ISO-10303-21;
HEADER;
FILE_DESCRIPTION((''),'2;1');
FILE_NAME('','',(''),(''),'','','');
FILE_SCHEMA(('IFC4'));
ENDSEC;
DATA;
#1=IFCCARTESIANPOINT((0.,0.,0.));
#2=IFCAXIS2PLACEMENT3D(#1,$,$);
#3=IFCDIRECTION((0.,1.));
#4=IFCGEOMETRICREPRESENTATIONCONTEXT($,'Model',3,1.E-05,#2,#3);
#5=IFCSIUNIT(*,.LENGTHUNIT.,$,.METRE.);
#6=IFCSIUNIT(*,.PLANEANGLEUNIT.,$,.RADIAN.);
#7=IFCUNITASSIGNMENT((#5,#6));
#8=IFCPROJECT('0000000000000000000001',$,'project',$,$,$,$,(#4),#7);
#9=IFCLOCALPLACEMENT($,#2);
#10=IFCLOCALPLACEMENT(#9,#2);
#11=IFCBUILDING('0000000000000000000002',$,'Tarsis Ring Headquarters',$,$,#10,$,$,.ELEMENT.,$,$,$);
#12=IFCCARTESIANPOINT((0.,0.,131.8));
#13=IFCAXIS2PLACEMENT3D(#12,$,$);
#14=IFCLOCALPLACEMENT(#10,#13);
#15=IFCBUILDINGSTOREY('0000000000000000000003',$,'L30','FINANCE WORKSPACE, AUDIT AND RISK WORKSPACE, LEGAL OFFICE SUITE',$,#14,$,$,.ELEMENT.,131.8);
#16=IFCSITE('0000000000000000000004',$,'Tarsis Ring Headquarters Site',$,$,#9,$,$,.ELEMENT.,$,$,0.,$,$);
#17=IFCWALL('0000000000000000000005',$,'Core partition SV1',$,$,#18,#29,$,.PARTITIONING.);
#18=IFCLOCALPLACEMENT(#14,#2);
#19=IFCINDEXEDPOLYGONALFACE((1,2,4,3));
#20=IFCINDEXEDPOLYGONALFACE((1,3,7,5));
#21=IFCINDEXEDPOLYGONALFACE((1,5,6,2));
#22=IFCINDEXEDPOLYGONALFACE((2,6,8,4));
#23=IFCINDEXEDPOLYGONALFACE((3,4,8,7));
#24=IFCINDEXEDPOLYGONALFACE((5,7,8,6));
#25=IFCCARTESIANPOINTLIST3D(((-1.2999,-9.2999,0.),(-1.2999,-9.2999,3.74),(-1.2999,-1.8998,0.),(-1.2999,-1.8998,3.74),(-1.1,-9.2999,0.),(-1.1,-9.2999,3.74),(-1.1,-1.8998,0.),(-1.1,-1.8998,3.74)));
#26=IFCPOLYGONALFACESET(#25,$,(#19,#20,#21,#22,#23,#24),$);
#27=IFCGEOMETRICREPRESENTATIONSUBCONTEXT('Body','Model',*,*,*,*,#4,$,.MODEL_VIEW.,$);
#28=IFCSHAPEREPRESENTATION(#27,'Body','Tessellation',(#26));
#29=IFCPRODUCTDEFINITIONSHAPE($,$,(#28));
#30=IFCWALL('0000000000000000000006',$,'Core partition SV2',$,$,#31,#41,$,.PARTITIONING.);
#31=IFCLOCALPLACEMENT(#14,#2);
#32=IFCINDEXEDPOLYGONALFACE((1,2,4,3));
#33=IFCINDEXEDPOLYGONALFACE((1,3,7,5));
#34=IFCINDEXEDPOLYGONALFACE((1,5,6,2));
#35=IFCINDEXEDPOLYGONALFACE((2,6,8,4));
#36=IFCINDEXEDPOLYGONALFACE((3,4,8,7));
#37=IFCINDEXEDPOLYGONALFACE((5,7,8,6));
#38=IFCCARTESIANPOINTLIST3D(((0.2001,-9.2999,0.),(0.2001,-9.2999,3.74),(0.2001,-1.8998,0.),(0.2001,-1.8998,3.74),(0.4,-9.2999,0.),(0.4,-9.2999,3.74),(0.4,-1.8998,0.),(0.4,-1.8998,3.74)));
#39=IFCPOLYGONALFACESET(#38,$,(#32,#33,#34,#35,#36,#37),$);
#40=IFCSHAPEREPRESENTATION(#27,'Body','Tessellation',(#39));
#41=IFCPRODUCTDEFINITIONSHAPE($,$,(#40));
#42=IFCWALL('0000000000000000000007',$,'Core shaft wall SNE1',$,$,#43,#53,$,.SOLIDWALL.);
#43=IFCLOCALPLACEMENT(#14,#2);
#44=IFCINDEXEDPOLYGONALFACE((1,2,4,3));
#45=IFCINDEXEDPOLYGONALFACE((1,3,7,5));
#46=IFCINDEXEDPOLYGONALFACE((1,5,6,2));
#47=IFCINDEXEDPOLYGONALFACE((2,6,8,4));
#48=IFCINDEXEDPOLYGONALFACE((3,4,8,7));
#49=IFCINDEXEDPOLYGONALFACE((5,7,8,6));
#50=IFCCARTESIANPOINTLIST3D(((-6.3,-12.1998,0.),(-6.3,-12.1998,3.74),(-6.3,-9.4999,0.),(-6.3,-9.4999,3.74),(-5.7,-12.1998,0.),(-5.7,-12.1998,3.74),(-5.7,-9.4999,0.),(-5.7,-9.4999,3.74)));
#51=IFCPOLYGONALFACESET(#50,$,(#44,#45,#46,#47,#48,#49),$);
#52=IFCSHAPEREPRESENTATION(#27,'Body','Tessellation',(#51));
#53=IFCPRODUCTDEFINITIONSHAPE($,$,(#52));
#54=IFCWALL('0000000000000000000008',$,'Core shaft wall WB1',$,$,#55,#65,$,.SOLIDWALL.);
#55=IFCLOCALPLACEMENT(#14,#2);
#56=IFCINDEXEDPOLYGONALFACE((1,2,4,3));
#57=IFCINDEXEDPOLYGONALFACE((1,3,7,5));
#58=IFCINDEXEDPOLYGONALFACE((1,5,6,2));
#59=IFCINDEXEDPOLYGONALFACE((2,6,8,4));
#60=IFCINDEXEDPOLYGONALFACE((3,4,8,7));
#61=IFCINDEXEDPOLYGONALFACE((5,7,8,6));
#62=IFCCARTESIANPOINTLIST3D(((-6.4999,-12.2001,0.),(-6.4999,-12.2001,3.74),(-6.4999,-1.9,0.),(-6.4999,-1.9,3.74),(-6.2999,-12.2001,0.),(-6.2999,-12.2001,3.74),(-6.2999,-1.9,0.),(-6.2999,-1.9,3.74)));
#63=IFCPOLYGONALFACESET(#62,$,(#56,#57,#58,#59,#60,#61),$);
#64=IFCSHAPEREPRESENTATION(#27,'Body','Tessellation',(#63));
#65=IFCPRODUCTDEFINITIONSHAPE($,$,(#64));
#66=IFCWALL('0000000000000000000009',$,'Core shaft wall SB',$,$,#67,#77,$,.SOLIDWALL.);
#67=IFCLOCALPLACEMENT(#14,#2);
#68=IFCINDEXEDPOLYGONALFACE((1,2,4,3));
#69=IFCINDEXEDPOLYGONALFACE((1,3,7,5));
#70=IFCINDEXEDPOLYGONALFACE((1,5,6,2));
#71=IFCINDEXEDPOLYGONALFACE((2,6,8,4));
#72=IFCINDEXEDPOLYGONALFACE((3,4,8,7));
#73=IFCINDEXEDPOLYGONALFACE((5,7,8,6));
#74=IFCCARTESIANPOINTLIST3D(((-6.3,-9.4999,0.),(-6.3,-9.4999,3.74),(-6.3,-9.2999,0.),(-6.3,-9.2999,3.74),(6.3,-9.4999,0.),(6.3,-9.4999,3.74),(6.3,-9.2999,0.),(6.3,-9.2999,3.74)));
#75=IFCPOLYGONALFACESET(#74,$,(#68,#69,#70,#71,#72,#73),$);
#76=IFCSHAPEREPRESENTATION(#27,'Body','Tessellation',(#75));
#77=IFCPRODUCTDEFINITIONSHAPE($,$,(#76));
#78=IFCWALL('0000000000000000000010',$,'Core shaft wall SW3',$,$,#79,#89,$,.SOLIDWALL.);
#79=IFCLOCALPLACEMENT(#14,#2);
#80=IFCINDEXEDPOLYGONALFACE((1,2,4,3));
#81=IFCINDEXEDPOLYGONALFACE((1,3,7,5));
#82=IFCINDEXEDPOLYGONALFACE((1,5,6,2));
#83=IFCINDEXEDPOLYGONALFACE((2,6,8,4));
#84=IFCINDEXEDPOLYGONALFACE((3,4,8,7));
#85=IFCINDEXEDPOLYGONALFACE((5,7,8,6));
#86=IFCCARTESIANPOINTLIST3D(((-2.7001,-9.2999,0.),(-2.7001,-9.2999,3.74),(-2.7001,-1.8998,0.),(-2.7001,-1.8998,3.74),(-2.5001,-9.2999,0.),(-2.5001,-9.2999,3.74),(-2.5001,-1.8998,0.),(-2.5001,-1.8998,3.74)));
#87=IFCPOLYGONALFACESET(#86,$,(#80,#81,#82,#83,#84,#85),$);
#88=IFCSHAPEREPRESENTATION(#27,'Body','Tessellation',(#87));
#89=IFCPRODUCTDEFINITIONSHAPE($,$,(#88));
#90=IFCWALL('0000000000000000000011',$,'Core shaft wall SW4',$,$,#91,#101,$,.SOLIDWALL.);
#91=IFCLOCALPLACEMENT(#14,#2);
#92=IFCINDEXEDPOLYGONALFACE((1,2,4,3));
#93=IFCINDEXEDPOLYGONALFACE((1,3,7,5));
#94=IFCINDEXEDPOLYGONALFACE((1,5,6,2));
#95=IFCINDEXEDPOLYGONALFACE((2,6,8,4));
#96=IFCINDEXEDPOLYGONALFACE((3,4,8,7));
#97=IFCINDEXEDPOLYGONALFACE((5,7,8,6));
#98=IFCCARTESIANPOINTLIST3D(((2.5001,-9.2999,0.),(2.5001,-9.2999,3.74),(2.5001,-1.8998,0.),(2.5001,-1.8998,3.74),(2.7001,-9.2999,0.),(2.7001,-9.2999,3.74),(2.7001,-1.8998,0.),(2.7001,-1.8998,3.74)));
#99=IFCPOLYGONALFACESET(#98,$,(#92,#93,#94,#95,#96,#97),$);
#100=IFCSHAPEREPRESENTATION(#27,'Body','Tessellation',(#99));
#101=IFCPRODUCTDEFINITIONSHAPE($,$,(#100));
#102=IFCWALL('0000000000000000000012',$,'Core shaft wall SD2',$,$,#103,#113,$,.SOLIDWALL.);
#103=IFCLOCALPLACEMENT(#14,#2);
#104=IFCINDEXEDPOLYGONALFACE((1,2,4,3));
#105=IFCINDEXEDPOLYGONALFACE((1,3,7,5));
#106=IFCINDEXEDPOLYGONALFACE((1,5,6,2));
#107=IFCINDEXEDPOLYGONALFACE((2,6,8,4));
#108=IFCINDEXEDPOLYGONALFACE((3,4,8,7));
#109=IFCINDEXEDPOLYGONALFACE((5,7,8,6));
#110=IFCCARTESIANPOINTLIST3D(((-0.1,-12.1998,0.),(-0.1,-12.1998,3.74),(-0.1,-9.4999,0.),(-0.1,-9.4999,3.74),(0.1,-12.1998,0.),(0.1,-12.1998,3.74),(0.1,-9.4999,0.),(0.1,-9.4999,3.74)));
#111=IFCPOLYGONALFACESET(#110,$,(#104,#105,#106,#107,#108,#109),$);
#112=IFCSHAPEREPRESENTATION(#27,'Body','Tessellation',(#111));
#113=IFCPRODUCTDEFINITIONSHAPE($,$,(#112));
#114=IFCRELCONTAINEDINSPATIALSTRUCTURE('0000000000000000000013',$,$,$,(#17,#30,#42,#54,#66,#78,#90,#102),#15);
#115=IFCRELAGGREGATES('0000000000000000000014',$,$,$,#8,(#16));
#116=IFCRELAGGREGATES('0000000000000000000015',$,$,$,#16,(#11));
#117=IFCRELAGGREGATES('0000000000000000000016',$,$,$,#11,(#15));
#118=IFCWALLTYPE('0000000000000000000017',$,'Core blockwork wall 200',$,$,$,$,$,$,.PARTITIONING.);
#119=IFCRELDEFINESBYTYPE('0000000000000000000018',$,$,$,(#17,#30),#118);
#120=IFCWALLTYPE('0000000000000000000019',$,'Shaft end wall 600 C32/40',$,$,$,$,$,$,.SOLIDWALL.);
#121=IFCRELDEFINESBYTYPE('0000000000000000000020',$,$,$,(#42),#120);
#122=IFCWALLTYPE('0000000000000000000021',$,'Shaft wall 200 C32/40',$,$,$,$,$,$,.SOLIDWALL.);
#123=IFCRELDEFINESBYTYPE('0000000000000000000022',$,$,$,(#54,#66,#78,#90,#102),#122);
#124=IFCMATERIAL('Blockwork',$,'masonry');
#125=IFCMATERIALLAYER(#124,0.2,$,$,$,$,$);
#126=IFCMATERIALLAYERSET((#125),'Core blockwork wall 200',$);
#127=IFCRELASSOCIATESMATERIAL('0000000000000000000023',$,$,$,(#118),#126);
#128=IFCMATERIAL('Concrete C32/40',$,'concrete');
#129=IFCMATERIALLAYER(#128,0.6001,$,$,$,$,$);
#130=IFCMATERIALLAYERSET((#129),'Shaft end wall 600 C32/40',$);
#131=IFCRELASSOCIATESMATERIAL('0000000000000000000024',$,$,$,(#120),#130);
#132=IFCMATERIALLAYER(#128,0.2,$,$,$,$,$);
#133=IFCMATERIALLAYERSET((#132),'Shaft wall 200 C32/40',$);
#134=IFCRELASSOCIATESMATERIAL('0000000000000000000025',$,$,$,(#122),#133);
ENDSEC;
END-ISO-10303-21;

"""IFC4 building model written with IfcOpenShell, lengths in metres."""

from ifc_helpers import new_model, si_unit, direction, frame, frame_2d, origin, place, context, subcontext, project, spatial, rectangle, extrude, material, layer, layer_set, type_object, element, save


model = new_model("IFC4")

# Units and contexts
model_context = context("Model", 3, precision=1e-05, world=origin(), true_north=direction((0.0, 1.0)))
body_context = subcontext(model_context, "Body", "Model", "MODEL_VIEW")
ifc_project = project(units=[si_unit("LENGTHUNIT", "METRE"), si_unit("PLANEANGLEUNIT", "RADIAN")], contexts=[model_context])

# Site, building, storey
site_placement = place(None, origin())
site = spatial("IfcSite", under=ifc_project, at=site_placement, Name="Tarsis Ring Headquarters Site", CompositionType="ELEMENT", RefElevation=0.0)
building_placement = place(site_placement, origin())
building = spatial("IfcBuilding", under=site, at=building_placement, Name="Tarsis Ring Headquarters", CompositionType="ELEMENT")
storey_placement = place(building_placement, frame((0.0, 0.0, 131.8)))
storey = spatial("IfcBuildingStorey", under=building, at=storey_placement, Name="L30", Description="FINANCE WORKSPACE, AUDIT AND RISK WORKSPACE, LEGAL OFFICE SUITE", CompositionType="ELEMENT", Elevation=131.8)

# Walls
ifc_material_1 = material(Name="Blockwork", Category="masonry")
ifc_layer_1 = layer(ifc_material_1, 0.2)
ifc_layer_set_1 = layer_set([ifc_layer_1], Name="Core blockwork wall 200")
wall_type_1 = type_object("IfcWallType", Name="Core blockwork wall 200", PredefinedType="PARTITIONING", material=ifc_layer_set_1)
for number, where, z_axis, x_axis, name in (
    (1, (-1.2, -9.3, 0.0), (0.0, 0.0, 1.0), (0.0, 1.0, 0.0), "Core partition SV1"),
    (2, (0.3, -9.3, 0.0), (0.0, 0.0, 1.0), (0.0, 1.0, 0.0), "Core partition SV2"),
):
    element("IfcWall", number, at=place(storey_placement, frame(where, z_axis=z_axis, x_axis=x_axis)), inside=storey, type_object=wall_type_1, Name=name, PredefinedType="PARTITIONING", context=body_context, shape_type="SweptSolid", body=[
        extrude(rectangle(XDim=7.4001, YDim=0.2, at=frame_2d((3.7002, 0.0))), origin(), (0.0, 0.0, 1.0), 3.74),
    ])
ifc_material_2 = material(Name="Concrete C32/40", Category="concrete")
ifc_layer_2 = layer(ifc_material_2, 0.6001)
ifc_layer_set_2 = layer_set([ifc_layer_2], Name="Shaft end wall 600 C32/40")
wall_type_2 = type_object("IfcWallType", Name="Shaft end wall 600 C32/40", PredefinedType="SOLIDWALL", material=ifc_layer_set_2)
wall_1_placement = place(storey_placement, frame((-6.0, -12.2, 0.0), z_axis=(0.0, 0.0, 1.0), x_axis=(0.0, 1.0, 0.0)))
element("IfcWall", 3, at=wall_1_placement, inside=storey, type_object=wall_type_2, Name="Core shaft wall SNE1", PredefinedType="SOLIDWALL", context=body_context, shape_type="SweptSolid", body=[
    extrude(rectangle(XDim=2.7, YDim=0.6001, at=frame_2d((1.3501, 0.0))), origin(), (0.0, 0.0, 1.0), 3.74),
])
ifc_layer_3 = layer(ifc_material_2, 0.2)
ifc_layer_set_3 = layer_set([ifc_layer_3], Name="Shaft wall 200 C32/40")
wall_type_3 = type_object("IfcWallType", Name="Shaft wall 200 C32/40", PredefinedType="SOLIDWALL", material=ifc_layer_set_3)
wall_2_placement = place(storey_placement, frame((-6.3999, -12.2, 0.0), z_axis=(0.0, 0.0, 1.0), x_axis=(0.0, 1.0, 0.0)))
element("IfcWall", 4, at=wall_2_placement, inside=storey, type_object=wall_type_3, Name="Core shaft wall WB1", PredefinedType="SOLIDWALL", context=body_context, shape_type="SweptSolid", body=[
    extrude(rectangle(XDim=10.3, YDim=0.2, at=frame_2d((5.1499, 0.0))), origin(), (0.0, 0.0, 1.0), 3.74),
])
wall_3_placement = place(storey_placement, frame((-6.3, -9.3999, 0.0), z_axis=(0.0, 0.0, 1.0), x_axis=(1.0, 0.0, 0.0)))
element("IfcWall", 5, at=wall_3_placement, inside=storey, type_object=wall_type_3, Name="Core shaft wall SB", PredefinedType="SOLIDWALL", context=body_context, shape_type="SweptSolid", body=[
    extrude(rectangle(XDim=12.6001, YDim=0.2, at=frame_2d((6.3, 0.0))), origin(), (0.0, 0.0, 1.0), 3.74),
])
for number, where, z_axis, x_axis, name in (
    (6, (-2.6001, -9.3, 0.0), (0.0, 0.0, 1.0), (0.0, 1.0, 0.0), "Core shaft wall SW3"),
    (7, (2.6001, -9.3, 0.0), (0.0, 0.0, 1.0), (0.0, 1.0, 0.0), "Core shaft wall SW4"),
):
    element("IfcWall", number, at=place(storey_placement, frame(where, z_axis=z_axis, x_axis=x_axis)), inside=storey, type_object=wall_type_3, Name=name, PredefinedType="SOLIDWALL", context=body_context, shape_type="SweptSolid", body=[
        extrude(rectangle(XDim=7.4001, YDim=0.2, at=frame_2d((3.7002, 0.0))), origin(), (0.0, 0.0, 1.0), 3.74),
    ])
wall_4_placement = place(storey_placement, frame((0.0, -12.2, 0.0), z_axis=(0.0, 0.0, 1.0), x_axis=(0.0, 1.0, 0.0)))
element("IfcWall", 8, at=wall_4_placement, inside=storey, type_object=wall_type_3, Name="Core shaft wall SD2", PredefinedType="SOLIDWALL", context=body_context, shape_type="SweptSolid", body=[
    extrude(rectangle(XDim=2.7, YDim=0.2, at=frame_2d((1.3501, 0.0))), origin(), (0.0, 0.0, 1.0), 3.74),
])

save(model, "model.ifc")
